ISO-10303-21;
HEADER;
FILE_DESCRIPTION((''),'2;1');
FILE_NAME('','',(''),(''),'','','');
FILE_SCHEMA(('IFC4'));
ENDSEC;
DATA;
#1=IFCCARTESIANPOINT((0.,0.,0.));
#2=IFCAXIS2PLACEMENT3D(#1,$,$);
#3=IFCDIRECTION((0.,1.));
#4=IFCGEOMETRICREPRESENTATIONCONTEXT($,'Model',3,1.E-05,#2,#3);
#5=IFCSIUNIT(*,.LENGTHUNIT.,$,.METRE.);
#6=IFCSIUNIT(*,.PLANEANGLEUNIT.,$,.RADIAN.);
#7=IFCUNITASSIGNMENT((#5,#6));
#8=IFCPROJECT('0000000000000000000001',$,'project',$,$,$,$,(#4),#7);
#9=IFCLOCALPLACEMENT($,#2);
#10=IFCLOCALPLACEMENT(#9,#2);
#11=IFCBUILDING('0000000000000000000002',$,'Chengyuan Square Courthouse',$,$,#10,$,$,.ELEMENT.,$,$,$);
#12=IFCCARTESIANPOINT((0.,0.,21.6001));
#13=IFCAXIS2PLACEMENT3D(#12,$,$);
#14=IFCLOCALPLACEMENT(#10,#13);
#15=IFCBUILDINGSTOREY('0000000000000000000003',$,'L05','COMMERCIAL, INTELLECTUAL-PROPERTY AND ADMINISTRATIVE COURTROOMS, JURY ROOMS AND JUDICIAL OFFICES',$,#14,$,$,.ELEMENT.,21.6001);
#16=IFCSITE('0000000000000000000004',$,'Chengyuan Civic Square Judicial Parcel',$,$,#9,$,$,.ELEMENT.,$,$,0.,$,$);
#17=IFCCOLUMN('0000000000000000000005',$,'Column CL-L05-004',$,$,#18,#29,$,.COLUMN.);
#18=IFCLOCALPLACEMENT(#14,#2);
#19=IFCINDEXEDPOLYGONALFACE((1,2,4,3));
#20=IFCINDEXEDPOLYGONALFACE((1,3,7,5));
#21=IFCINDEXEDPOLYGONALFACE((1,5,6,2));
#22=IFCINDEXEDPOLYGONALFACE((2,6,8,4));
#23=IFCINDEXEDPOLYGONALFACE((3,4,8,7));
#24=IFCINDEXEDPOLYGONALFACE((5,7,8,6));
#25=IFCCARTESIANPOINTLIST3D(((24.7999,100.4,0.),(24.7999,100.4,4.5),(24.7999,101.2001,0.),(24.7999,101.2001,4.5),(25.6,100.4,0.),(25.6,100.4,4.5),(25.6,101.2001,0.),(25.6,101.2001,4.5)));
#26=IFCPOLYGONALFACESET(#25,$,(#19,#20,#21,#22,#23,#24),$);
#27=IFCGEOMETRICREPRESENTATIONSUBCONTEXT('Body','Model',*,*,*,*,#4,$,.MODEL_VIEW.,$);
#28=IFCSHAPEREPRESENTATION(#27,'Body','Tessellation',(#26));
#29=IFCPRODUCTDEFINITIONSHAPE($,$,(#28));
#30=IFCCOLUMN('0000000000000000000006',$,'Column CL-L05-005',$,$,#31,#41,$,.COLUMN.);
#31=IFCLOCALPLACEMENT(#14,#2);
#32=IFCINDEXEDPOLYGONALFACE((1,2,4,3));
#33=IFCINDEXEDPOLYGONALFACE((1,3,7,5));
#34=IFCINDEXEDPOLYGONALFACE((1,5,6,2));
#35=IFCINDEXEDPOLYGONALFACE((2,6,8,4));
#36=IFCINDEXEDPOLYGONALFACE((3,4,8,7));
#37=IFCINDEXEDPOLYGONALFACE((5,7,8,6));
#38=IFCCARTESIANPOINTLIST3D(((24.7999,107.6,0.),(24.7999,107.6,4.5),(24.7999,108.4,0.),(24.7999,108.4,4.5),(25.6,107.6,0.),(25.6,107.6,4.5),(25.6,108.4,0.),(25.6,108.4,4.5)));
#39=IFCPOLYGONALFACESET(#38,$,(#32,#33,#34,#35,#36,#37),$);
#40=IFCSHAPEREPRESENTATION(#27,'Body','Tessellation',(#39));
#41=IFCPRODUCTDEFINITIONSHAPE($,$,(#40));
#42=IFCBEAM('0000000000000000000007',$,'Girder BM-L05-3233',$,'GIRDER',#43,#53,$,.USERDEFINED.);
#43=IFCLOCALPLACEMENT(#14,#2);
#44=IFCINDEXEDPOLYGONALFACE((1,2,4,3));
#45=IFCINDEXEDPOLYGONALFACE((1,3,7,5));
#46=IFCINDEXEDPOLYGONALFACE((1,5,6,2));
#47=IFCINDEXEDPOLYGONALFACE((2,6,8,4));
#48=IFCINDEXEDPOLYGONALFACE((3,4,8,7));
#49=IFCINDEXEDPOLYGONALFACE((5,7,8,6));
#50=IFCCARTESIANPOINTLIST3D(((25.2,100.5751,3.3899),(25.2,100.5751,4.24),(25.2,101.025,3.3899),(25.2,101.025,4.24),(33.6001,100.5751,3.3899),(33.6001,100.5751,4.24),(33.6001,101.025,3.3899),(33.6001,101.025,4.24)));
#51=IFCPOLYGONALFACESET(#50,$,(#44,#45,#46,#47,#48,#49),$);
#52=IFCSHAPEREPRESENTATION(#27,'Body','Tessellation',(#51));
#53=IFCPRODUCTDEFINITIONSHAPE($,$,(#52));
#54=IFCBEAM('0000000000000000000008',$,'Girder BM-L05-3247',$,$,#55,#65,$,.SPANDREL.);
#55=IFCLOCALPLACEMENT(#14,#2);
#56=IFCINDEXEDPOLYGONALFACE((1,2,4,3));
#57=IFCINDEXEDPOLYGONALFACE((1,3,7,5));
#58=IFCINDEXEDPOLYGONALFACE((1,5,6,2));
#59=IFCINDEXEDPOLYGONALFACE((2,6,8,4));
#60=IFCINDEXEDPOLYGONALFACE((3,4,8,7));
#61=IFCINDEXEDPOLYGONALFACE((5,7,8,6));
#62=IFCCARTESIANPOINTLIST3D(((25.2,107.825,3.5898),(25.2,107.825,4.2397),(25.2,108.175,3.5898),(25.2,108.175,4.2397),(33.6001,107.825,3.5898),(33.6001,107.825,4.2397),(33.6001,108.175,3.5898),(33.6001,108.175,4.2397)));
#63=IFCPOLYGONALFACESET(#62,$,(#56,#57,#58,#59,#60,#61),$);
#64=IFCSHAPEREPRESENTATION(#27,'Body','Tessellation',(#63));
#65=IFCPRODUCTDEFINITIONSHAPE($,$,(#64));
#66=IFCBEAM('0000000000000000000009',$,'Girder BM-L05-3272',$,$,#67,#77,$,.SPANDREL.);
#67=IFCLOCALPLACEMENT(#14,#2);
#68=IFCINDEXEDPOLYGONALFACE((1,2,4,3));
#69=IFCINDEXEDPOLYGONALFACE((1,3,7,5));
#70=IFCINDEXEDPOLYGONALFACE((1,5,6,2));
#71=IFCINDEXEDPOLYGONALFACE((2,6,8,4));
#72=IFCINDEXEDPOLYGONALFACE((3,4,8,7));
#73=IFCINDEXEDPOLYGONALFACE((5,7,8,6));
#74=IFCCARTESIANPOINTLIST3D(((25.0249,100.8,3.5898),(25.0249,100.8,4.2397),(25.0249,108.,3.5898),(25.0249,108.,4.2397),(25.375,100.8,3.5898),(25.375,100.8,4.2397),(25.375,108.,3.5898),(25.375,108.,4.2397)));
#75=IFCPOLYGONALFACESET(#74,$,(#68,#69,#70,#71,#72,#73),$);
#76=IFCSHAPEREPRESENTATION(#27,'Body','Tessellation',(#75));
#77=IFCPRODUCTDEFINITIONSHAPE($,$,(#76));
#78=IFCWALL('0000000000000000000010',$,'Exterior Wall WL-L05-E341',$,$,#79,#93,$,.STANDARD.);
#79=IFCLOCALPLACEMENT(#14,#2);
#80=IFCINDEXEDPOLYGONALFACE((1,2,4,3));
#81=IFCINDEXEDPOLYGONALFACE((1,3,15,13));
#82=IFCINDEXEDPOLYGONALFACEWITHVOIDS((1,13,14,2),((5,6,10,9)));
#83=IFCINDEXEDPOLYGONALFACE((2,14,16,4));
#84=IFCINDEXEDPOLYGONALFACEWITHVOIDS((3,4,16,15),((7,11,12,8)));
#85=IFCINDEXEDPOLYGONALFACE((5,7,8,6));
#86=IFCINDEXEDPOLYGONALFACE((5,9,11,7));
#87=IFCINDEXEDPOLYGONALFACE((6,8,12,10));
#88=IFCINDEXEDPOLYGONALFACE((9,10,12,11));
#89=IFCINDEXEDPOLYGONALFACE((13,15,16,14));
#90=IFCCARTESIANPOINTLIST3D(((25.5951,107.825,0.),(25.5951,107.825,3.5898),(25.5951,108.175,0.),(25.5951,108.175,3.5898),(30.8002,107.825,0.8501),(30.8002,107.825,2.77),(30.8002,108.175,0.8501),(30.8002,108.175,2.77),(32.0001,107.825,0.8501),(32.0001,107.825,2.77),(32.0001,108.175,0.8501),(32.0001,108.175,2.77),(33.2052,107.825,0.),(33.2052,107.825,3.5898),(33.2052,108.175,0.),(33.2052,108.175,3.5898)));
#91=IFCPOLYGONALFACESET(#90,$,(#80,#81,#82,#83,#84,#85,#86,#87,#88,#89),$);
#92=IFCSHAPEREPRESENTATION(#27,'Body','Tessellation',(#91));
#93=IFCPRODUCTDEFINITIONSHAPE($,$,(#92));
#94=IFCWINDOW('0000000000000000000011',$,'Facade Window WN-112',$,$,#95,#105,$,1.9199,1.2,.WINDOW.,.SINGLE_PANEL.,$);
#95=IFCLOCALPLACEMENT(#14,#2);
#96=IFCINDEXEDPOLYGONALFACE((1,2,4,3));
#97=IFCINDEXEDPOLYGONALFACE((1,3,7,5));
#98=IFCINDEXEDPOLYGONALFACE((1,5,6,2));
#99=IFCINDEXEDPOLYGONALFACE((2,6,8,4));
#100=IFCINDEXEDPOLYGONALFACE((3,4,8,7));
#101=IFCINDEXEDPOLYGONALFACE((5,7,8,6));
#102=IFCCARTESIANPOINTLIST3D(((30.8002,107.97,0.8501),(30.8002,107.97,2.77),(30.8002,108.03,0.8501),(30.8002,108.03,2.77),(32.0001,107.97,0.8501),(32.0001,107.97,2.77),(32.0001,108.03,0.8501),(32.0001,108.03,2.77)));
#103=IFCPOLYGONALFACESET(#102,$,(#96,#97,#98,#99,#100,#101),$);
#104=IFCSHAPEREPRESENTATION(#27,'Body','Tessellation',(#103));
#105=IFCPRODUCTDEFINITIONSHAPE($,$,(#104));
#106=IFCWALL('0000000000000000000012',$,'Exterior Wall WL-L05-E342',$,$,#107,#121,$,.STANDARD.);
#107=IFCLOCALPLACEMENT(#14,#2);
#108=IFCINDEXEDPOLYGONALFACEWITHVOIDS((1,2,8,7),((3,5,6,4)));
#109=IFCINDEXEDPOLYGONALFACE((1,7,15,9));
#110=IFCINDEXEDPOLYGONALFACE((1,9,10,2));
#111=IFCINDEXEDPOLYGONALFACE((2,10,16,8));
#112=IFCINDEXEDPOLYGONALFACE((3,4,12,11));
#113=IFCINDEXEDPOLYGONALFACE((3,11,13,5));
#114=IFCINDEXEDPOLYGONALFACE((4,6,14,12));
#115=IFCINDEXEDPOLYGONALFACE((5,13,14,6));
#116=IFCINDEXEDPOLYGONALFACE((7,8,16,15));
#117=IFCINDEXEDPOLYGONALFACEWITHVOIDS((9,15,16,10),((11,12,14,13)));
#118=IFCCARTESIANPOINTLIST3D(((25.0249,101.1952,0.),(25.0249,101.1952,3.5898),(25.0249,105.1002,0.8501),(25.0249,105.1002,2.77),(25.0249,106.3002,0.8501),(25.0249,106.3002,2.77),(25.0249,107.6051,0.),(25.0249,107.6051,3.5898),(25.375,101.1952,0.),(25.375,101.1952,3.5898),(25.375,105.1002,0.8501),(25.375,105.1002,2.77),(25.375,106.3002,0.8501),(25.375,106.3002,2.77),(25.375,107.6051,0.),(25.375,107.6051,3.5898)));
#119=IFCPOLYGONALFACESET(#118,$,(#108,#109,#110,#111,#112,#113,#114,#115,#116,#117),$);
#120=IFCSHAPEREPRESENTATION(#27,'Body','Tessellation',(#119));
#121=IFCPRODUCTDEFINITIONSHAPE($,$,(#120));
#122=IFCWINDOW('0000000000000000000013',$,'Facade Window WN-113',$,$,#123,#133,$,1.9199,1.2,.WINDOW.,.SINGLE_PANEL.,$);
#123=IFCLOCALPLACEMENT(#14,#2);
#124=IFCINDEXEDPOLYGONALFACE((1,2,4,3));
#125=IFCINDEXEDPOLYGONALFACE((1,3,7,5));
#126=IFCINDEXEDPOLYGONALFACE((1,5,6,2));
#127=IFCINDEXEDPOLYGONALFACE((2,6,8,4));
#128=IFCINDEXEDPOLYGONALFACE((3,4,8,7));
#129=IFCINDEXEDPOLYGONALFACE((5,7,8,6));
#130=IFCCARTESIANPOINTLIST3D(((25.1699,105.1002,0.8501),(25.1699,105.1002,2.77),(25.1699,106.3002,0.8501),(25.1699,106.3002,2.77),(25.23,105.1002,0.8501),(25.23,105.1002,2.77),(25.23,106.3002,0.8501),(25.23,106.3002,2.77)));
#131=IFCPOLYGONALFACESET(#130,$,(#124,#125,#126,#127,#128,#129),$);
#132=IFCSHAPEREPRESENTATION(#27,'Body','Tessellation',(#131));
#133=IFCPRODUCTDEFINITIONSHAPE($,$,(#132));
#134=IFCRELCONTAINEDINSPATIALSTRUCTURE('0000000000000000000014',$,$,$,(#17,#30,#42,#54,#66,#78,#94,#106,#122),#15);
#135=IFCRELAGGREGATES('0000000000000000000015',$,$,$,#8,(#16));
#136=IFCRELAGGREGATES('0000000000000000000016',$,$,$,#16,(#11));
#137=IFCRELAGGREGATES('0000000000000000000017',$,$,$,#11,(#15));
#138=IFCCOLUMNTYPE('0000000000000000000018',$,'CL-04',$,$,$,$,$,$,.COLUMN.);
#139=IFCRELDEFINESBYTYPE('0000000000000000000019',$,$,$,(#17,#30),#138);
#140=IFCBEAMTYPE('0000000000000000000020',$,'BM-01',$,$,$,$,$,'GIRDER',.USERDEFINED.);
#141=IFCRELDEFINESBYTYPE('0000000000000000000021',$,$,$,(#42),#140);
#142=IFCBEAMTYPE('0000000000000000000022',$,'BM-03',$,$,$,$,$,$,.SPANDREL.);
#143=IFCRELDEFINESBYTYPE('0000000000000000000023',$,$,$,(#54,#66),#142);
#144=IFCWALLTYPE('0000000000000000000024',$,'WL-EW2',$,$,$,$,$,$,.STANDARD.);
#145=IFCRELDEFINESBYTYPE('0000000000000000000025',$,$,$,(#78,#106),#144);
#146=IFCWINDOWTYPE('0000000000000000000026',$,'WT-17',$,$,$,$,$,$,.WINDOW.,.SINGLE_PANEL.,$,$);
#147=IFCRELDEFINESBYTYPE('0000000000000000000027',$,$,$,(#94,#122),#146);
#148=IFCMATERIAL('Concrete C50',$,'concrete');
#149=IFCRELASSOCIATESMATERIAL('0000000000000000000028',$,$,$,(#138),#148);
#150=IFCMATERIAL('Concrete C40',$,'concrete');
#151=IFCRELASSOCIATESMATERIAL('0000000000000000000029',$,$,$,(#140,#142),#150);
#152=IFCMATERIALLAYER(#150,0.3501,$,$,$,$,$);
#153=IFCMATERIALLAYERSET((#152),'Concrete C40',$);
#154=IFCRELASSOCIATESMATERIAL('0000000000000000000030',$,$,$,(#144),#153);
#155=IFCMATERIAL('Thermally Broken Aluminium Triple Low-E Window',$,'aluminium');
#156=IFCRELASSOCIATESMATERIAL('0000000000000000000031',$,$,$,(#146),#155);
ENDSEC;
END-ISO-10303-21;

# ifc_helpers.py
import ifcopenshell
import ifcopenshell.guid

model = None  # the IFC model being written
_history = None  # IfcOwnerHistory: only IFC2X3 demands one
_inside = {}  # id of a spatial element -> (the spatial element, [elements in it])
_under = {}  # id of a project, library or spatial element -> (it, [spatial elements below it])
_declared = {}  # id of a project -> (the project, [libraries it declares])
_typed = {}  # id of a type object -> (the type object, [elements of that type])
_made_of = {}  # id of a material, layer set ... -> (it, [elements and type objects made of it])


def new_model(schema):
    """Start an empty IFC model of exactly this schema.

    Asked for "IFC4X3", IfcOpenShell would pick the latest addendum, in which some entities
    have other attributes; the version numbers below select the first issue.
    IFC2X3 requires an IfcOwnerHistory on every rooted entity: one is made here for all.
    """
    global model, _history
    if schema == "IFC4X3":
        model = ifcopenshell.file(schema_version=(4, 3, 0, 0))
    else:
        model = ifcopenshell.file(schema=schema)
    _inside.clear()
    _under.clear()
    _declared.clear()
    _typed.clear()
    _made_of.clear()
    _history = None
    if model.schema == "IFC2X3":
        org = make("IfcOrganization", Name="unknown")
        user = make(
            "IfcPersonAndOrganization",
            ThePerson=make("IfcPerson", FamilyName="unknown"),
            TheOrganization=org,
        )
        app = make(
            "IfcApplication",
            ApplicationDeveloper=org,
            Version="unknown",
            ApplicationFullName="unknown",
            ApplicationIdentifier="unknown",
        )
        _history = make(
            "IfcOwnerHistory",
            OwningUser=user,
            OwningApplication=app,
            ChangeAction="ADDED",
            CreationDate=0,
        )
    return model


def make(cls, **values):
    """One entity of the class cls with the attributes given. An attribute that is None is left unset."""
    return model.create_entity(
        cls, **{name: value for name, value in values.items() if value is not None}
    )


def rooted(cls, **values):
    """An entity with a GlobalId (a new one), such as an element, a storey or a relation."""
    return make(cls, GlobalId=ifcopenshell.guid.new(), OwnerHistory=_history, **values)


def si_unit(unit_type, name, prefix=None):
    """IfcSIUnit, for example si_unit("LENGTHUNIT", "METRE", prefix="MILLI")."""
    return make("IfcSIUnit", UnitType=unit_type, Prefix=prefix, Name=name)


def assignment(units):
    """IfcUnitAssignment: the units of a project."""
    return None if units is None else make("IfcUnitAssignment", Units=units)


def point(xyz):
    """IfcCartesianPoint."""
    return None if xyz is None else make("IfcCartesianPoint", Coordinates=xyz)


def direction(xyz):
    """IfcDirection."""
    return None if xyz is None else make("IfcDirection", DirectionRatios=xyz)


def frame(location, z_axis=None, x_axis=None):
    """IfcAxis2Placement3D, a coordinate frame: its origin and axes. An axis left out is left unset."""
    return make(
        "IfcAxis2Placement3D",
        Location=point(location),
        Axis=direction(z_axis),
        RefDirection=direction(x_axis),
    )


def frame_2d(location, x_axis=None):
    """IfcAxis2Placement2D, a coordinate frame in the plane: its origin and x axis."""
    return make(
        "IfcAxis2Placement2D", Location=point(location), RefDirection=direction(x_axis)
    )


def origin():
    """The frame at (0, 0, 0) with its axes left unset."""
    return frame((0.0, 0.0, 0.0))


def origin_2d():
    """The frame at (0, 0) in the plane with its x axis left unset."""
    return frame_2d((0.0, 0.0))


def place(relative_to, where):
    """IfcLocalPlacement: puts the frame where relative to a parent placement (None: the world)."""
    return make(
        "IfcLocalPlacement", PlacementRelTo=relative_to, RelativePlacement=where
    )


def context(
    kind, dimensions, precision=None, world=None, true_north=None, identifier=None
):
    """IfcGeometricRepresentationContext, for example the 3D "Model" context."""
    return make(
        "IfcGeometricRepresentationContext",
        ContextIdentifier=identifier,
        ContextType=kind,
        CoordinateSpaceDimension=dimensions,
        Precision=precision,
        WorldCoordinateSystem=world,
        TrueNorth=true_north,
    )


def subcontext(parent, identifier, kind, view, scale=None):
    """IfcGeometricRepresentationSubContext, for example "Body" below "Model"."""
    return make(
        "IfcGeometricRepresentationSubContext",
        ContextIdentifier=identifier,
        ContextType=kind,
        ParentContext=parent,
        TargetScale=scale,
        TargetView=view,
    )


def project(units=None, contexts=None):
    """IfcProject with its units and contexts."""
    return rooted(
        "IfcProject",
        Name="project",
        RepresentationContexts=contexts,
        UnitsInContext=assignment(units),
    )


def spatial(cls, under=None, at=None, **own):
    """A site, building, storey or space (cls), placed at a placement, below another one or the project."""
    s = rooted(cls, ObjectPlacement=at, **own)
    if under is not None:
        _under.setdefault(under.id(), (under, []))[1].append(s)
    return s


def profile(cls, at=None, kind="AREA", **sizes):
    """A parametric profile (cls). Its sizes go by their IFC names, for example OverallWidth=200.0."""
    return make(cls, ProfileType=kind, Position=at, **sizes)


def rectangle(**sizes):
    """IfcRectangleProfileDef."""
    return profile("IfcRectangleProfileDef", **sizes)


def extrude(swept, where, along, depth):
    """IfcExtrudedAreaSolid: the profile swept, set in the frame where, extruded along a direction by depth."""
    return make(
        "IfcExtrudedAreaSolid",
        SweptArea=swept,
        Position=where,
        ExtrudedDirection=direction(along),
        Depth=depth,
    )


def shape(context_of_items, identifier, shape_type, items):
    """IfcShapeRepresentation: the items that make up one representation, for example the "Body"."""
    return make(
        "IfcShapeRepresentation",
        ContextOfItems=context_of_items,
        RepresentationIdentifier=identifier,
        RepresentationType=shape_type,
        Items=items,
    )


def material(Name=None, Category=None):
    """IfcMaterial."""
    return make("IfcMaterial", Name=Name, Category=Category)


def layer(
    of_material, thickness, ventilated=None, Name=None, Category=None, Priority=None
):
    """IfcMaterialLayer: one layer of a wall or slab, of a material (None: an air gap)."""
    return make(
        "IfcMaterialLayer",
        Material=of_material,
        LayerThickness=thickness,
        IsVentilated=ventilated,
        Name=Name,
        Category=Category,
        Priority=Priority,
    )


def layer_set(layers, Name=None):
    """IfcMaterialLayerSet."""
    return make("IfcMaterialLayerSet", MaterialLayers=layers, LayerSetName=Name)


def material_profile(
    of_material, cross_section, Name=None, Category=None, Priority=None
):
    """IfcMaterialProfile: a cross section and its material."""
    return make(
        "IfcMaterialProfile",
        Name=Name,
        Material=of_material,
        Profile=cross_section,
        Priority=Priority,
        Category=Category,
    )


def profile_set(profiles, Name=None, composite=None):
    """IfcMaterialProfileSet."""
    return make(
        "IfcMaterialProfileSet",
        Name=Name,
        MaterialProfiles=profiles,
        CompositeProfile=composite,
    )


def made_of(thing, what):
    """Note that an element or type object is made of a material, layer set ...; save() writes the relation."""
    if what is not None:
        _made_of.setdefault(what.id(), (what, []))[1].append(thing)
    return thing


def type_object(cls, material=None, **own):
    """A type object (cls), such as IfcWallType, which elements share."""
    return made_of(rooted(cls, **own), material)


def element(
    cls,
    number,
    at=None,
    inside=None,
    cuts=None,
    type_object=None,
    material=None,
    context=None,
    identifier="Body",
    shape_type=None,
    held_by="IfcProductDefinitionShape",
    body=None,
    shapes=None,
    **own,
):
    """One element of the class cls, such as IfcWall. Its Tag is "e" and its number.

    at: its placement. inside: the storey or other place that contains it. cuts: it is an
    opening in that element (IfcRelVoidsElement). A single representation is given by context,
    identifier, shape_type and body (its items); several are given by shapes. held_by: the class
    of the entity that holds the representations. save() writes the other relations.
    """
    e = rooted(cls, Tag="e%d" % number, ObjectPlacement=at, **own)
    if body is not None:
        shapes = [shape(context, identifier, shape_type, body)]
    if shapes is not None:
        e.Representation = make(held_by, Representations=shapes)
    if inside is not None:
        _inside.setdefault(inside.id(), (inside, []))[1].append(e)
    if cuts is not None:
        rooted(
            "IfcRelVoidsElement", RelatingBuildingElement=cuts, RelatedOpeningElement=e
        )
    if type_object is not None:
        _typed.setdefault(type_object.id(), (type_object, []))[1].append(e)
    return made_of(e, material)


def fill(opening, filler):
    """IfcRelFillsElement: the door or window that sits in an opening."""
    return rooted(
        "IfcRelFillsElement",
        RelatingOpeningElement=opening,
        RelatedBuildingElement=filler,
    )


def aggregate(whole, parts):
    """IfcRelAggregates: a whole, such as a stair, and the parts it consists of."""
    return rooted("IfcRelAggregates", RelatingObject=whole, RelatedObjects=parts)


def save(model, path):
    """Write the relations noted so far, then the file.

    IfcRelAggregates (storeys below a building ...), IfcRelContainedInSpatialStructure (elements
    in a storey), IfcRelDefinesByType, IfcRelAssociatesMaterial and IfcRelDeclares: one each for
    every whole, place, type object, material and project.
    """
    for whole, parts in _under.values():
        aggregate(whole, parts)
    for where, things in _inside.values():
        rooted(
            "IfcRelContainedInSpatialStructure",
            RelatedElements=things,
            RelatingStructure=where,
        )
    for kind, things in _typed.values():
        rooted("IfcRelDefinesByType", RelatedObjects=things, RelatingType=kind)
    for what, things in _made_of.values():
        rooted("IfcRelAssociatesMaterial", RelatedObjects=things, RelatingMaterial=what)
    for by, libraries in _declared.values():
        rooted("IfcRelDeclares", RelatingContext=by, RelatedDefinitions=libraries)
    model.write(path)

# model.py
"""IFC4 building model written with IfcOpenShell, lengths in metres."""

from ifc_helpers import new_model, si_unit, direction, frame, frame_2d, origin, origin_2d, place, context, subcontext, project, spatial, rectangle, extrude, material, layer, layer_set, material_profile, profile_set, type_object, element, fill, save


model = new_model("IFC4")

# Units and contexts
model_context = context("Model", 3, precision=1e-05, world=origin(), true_north=direction((0.0, 1.0)))
body_context = subcontext(model_context, "Body", "Model", "MODEL_VIEW")
ifc_project = project(units=[si_unit("LENGTHUNIT", "METRE"), si_unit("PLANEANGLEUNIT", "RADIAN")], contexts=[model_context])

# Site, building, storey
site_placement = place(None, origin())
site = spatial("IfcSite", under=ifc_project, at=site_placement, Name="Chengyuan Civic Square Judicial Parcel", CompositionType="ELEMENT", RefElevation=0.0)
building_placement = place(site_placement, origin())
building = spatial("IfcBuilding", under=site, at=building_placement, Name="Chengyuan Square Courthouse", CompositionType="ELEMENT")
storey_placement = place(building_placement, frame((0.0, 0.0, 21.6001)))
storey = spatial("IfcBuildingStorey", under=building, at=storey_placement, Name="L05", Description="COMMERCIAL, INTELLECTUAL-PROPERTY AND ADMINISTRATIVE COURTROOMS, JURY ROOMS AND JUDICIAL OFFICES", CompositionType="ELEMENT", Elevation=21.6001)

# Columns
ifc_material_1 = material(Name="Concrete C50", Category="concrete")
ifc_material_profile_1 = material_profile(ifc_material_1, rectangle(XDim=0.8, YDim=0.8, at=origin_2d()), Name="RC-COL-800x800")
ifc_profile_set_1 = profile_set([ifc_material_profile_1], Name="Concrete C50")
column_type = type_object("IfcColumnType", Name="CL-04", PredefinedType="COLUMN", material=ifc_profile_set_1)
for number, where, z_axis, x_axis, name in (
    (1, (25.2, 100.8, 0.0), (0.0, 0.0, 1.0), (1.0, 0.0, 0.0), "Column CL-L05-004"),
    (2, (25.2, 108.0, 0.0), (0.0, 0.0, 1.0), (1.0, 0.0, 0.0), "Column CL-L05-005"),
):
    element("IfcColumn", number, at=place(storey_placement, frame(where, z_axis=z_axis, x_axis=x_axis)), inside=storey, type_object=column_type, Name=name, PredefinedType="COLUMN", context=body_context, shape_type="SweptSolid", body=[
        extrude(rectangle(XDim=0.8, YDim=0.8, at=origin_2d()), origin(), (0.0, 0.0, 1.0), 4.5),
    ])

# Beams
ifc_material_2 = material(Name="Concrete C40", Category="concrete")
ifc_material_profile_2 = material_profile(ifc_material_2, rectangle(XDim=0.45, YDim=0.8501, at=origin_2d()), Name="RC-BM-450x850")
ifc_profile_set_2 = profile_set([ifc_material_profile_2], Name="Concrete C40")
beam_type_1 = type_object("IfcBeamType", Name="BM-01", ElementType="GIRDER", PredefinedType="USERDEFINED", material=ifc_profile_set_2)
beam_1_placement = place(storey_placement, frame((25.2, 100.8, 3.8149), z_axis=(1.0, 0.0, 0.0), x_axis=(0.0, 1.0, 0.0)))
element("IfcBeam", 3, at=beam_1_placement, inside=storey, type_object=beam_type_1, Name="Girder BM-L05-3233", ObjectType="GIRDER", PredefinedType="USERDEFINED", context=body_context, shape_type="SweptSolid", body=[
    extrude(rectangle(XDim=0.45, YDim=0.8501, at=origin_2d()), origin(), (0.0, 0.0, 1.0), 8.4001),
])
ifc_material_profile_3 = material_profile(ifc_material_2, rectangle(XDim=0.3501, YDim=0.6499, at=origin_2d()), Name="RC-BM-350x650")
ifc_profile_set_3 = profile_set([ifc_material_profile_3], Name="Concrete C40")
beam_type_2 = type_object("IfcBeamType", Name="BM-03", PredefinedType="SPANDREL", material=ifc_profile_set_3)
beam_2_placement = place(storey_placement, frame((25.2, 108.0, 3.9148), z_axis=(1.0, 0.0, 0.0), x_axis=(0.0, 1.0, 0.0)))
element("IfcBeam", 4, at=beam_2_placement, inside=storey, type_object=beam_type_2, Name="Girder BM-L05-3247", PredefinedType="SPANDREL", context=body_context, shape_type="SweptSolid", body=[
    extrude(rectangle(XDim=0.3501, YDim=0.6499, at=origin_2d()), origin(), (0.0, 0.0, 1.0), 8.4001),
])
beam_3_placement = place(storey_placement, frame((25.2, 100.8, 3.9148), z_axis=(0.0, 1.0, 0.0), x_axis=(-1.0, 0.0, 0.0)))
element("IfcBeam", 5, at=beam_3_placement, inside=storey, type_object=beam_type_2, Name="Girder BM-L05-3272", PredefinedType="SPANDREL", context=body_context, shape_type="SweptSolid", body=[
    extrude(rectangle(XDim=0.3501, YDim=0.6499, at=origin_2d()), origin(), (0.0, 0.0, 1.0), 7.2),
])

# Walls, openings, windows
ifc_layer_1 = layer(ifc_material_2, 0.3501)
ifc_layer_set_1 = layer_set([ifc_layer_1], Name="Concrete C40")
wall_type_1 = type_object("IfcWallType", Name="WL-EW2", PredefinedType="STANDARD", material=ifc_layer_set_1)
wall_1_placement = place(storey_placement, frame((25.595, 108.0, 0.0), z_axis=(0.0, 0.0, 1.0), x_axis=(1.0, 0.0, 0.0)))
wall_1 = element("IfcWall", 6, at=wall_1_placement, inside=storey, type_object=wall_type_1, Name="Exterior Wall WL-L05-E341", PredefinedType="STANDARD", context=body_context, shape_type="SweptSolid", body=[
    extrude(rectangle(XDim=7.6101, YDim=0.3501, at=frame_2d((3.8052, 0.0))), origin(), (0.0, 0.0, 1.0), 3.5898),
])
opening_1_placement = place(wall_1_placement, frame((5.2051, 0.0, 0.8501)))
opening_1 = element("IfcOpeningElement", 7, at=opening_1_placement, cuts=wall_1, PredefinedType="OPENING", context=body_context, shape_type="SweptSolid", body=[
    extrude(rectangle(XDim=1.2, YDim=1.9199, at=frame_2d((0.6001, 0.96))), frame((0.0, 0.187, 0.0), z_axis=(0.0, -1.0, 0.0), x_axis=(1.0, 0.0, 0.0)), (0.0, 0.0, 1.0), 0.374),
])
ifc_material_3 = material(Name="Thermally Broken Aluminium Triple Low-E Window", Category="aluminium")
window_type = type_object("IfcWindowType", Name="WT-17", PartitioningType="SINGLE_PANEL", PredefinedType="WINDOW", material=ifc_material_3)
window_1_placement = place(opening_1_placement, origin())
window_1 = element("IfcWindow", 8, at=window_1_placement, inside=storey, type_object=window_type, Name="Facade Window WN-112", OverallHeight=1.9199, OverallWidth=1.2, PartitioningType="SINGLE_PANEL", PredefinedType="WINDOW", context=body_context, shape_type="SweptSolid", body=[
    extrude(rectangle(XDim=1.2, YDim=1.9199, at=frame_2d((0.6001, 0.96))), frame((0.0, 0.03, 0.0), z_axis=(0.0, -1.0, 0.0), x_axis=(1.0, 0.0, 0.0)), (0.0, 0.0, 1.0), 0.0601),
])
fill(opening_1, window_1)
wall_2_placement = place(storey_placement, frame((25.2, 101.1951, 0.0), z_axis=(0.0, 0.0, 1.0), x_axis=(0.0, 1.0, 0.0)))
wall_2 = element("IfcWall", 9, at=wall_2_placement, inside=storey, type_object=wall_type_1, Name="Exterior Wall WL-L05-E342", PredefinedType="STANDARD", context=body_context, shape_type="SweptSolid", body=[
    extrude(rectangle(XDim=6.4099, YDim=0.3501, at=frame_2d((3.2051, 0.0))), origin(), (0.0, 0.0, 1.0), 3.5898),
])
opening_2_placement = place(wall_2_placement, frame((3.905, 0.0, 0.8501)))
opening_2 = element("IfcOpeningElement", 10, at=opening_2_placement, cuts=wall_2, PredefinedType="OPENING", context=body_context, shape_type="SweptSolid", body=[
    extrude(rectangle(XDim=1.2, YDim=1.9199, at=frame_2d((0.6001, 0.96))), frame((0.0, 0.187, 0.0), z_axis=(0.0, -1.0, 0.0), x_axis=(1.0, 0.0, 0.0)), (0.0, 0.0, 1.0), 0.374),
])
window_2_placement = place(opening_2_placement, origin())
window_2 = element("IfcWindow", 11, at=window_2_placement, inside=storey, type_object=window_type, Name="Facade Window WN-113", OverallHeight=1.9199, OverallWidth=1.2, PartitioningType="SINGLE_PANEL", PredefinedType="WINDOW", context=body_context, shape_type="SweptSolid", body=[
    extrude(rectangle(XDim=1.2, YDim=1.9199, at=frame_2d((0.6001, 0.96))), frame((0.0, 0.03, 0.0), z_axis=(0.0, -1.0, 0.0), x_axis=(1.0, 0.0, 0.0)), (0.0, 0.0, 1.0), 0.0601),
])
fill(opening_2, window_2)

save(model, "model.ifc")
